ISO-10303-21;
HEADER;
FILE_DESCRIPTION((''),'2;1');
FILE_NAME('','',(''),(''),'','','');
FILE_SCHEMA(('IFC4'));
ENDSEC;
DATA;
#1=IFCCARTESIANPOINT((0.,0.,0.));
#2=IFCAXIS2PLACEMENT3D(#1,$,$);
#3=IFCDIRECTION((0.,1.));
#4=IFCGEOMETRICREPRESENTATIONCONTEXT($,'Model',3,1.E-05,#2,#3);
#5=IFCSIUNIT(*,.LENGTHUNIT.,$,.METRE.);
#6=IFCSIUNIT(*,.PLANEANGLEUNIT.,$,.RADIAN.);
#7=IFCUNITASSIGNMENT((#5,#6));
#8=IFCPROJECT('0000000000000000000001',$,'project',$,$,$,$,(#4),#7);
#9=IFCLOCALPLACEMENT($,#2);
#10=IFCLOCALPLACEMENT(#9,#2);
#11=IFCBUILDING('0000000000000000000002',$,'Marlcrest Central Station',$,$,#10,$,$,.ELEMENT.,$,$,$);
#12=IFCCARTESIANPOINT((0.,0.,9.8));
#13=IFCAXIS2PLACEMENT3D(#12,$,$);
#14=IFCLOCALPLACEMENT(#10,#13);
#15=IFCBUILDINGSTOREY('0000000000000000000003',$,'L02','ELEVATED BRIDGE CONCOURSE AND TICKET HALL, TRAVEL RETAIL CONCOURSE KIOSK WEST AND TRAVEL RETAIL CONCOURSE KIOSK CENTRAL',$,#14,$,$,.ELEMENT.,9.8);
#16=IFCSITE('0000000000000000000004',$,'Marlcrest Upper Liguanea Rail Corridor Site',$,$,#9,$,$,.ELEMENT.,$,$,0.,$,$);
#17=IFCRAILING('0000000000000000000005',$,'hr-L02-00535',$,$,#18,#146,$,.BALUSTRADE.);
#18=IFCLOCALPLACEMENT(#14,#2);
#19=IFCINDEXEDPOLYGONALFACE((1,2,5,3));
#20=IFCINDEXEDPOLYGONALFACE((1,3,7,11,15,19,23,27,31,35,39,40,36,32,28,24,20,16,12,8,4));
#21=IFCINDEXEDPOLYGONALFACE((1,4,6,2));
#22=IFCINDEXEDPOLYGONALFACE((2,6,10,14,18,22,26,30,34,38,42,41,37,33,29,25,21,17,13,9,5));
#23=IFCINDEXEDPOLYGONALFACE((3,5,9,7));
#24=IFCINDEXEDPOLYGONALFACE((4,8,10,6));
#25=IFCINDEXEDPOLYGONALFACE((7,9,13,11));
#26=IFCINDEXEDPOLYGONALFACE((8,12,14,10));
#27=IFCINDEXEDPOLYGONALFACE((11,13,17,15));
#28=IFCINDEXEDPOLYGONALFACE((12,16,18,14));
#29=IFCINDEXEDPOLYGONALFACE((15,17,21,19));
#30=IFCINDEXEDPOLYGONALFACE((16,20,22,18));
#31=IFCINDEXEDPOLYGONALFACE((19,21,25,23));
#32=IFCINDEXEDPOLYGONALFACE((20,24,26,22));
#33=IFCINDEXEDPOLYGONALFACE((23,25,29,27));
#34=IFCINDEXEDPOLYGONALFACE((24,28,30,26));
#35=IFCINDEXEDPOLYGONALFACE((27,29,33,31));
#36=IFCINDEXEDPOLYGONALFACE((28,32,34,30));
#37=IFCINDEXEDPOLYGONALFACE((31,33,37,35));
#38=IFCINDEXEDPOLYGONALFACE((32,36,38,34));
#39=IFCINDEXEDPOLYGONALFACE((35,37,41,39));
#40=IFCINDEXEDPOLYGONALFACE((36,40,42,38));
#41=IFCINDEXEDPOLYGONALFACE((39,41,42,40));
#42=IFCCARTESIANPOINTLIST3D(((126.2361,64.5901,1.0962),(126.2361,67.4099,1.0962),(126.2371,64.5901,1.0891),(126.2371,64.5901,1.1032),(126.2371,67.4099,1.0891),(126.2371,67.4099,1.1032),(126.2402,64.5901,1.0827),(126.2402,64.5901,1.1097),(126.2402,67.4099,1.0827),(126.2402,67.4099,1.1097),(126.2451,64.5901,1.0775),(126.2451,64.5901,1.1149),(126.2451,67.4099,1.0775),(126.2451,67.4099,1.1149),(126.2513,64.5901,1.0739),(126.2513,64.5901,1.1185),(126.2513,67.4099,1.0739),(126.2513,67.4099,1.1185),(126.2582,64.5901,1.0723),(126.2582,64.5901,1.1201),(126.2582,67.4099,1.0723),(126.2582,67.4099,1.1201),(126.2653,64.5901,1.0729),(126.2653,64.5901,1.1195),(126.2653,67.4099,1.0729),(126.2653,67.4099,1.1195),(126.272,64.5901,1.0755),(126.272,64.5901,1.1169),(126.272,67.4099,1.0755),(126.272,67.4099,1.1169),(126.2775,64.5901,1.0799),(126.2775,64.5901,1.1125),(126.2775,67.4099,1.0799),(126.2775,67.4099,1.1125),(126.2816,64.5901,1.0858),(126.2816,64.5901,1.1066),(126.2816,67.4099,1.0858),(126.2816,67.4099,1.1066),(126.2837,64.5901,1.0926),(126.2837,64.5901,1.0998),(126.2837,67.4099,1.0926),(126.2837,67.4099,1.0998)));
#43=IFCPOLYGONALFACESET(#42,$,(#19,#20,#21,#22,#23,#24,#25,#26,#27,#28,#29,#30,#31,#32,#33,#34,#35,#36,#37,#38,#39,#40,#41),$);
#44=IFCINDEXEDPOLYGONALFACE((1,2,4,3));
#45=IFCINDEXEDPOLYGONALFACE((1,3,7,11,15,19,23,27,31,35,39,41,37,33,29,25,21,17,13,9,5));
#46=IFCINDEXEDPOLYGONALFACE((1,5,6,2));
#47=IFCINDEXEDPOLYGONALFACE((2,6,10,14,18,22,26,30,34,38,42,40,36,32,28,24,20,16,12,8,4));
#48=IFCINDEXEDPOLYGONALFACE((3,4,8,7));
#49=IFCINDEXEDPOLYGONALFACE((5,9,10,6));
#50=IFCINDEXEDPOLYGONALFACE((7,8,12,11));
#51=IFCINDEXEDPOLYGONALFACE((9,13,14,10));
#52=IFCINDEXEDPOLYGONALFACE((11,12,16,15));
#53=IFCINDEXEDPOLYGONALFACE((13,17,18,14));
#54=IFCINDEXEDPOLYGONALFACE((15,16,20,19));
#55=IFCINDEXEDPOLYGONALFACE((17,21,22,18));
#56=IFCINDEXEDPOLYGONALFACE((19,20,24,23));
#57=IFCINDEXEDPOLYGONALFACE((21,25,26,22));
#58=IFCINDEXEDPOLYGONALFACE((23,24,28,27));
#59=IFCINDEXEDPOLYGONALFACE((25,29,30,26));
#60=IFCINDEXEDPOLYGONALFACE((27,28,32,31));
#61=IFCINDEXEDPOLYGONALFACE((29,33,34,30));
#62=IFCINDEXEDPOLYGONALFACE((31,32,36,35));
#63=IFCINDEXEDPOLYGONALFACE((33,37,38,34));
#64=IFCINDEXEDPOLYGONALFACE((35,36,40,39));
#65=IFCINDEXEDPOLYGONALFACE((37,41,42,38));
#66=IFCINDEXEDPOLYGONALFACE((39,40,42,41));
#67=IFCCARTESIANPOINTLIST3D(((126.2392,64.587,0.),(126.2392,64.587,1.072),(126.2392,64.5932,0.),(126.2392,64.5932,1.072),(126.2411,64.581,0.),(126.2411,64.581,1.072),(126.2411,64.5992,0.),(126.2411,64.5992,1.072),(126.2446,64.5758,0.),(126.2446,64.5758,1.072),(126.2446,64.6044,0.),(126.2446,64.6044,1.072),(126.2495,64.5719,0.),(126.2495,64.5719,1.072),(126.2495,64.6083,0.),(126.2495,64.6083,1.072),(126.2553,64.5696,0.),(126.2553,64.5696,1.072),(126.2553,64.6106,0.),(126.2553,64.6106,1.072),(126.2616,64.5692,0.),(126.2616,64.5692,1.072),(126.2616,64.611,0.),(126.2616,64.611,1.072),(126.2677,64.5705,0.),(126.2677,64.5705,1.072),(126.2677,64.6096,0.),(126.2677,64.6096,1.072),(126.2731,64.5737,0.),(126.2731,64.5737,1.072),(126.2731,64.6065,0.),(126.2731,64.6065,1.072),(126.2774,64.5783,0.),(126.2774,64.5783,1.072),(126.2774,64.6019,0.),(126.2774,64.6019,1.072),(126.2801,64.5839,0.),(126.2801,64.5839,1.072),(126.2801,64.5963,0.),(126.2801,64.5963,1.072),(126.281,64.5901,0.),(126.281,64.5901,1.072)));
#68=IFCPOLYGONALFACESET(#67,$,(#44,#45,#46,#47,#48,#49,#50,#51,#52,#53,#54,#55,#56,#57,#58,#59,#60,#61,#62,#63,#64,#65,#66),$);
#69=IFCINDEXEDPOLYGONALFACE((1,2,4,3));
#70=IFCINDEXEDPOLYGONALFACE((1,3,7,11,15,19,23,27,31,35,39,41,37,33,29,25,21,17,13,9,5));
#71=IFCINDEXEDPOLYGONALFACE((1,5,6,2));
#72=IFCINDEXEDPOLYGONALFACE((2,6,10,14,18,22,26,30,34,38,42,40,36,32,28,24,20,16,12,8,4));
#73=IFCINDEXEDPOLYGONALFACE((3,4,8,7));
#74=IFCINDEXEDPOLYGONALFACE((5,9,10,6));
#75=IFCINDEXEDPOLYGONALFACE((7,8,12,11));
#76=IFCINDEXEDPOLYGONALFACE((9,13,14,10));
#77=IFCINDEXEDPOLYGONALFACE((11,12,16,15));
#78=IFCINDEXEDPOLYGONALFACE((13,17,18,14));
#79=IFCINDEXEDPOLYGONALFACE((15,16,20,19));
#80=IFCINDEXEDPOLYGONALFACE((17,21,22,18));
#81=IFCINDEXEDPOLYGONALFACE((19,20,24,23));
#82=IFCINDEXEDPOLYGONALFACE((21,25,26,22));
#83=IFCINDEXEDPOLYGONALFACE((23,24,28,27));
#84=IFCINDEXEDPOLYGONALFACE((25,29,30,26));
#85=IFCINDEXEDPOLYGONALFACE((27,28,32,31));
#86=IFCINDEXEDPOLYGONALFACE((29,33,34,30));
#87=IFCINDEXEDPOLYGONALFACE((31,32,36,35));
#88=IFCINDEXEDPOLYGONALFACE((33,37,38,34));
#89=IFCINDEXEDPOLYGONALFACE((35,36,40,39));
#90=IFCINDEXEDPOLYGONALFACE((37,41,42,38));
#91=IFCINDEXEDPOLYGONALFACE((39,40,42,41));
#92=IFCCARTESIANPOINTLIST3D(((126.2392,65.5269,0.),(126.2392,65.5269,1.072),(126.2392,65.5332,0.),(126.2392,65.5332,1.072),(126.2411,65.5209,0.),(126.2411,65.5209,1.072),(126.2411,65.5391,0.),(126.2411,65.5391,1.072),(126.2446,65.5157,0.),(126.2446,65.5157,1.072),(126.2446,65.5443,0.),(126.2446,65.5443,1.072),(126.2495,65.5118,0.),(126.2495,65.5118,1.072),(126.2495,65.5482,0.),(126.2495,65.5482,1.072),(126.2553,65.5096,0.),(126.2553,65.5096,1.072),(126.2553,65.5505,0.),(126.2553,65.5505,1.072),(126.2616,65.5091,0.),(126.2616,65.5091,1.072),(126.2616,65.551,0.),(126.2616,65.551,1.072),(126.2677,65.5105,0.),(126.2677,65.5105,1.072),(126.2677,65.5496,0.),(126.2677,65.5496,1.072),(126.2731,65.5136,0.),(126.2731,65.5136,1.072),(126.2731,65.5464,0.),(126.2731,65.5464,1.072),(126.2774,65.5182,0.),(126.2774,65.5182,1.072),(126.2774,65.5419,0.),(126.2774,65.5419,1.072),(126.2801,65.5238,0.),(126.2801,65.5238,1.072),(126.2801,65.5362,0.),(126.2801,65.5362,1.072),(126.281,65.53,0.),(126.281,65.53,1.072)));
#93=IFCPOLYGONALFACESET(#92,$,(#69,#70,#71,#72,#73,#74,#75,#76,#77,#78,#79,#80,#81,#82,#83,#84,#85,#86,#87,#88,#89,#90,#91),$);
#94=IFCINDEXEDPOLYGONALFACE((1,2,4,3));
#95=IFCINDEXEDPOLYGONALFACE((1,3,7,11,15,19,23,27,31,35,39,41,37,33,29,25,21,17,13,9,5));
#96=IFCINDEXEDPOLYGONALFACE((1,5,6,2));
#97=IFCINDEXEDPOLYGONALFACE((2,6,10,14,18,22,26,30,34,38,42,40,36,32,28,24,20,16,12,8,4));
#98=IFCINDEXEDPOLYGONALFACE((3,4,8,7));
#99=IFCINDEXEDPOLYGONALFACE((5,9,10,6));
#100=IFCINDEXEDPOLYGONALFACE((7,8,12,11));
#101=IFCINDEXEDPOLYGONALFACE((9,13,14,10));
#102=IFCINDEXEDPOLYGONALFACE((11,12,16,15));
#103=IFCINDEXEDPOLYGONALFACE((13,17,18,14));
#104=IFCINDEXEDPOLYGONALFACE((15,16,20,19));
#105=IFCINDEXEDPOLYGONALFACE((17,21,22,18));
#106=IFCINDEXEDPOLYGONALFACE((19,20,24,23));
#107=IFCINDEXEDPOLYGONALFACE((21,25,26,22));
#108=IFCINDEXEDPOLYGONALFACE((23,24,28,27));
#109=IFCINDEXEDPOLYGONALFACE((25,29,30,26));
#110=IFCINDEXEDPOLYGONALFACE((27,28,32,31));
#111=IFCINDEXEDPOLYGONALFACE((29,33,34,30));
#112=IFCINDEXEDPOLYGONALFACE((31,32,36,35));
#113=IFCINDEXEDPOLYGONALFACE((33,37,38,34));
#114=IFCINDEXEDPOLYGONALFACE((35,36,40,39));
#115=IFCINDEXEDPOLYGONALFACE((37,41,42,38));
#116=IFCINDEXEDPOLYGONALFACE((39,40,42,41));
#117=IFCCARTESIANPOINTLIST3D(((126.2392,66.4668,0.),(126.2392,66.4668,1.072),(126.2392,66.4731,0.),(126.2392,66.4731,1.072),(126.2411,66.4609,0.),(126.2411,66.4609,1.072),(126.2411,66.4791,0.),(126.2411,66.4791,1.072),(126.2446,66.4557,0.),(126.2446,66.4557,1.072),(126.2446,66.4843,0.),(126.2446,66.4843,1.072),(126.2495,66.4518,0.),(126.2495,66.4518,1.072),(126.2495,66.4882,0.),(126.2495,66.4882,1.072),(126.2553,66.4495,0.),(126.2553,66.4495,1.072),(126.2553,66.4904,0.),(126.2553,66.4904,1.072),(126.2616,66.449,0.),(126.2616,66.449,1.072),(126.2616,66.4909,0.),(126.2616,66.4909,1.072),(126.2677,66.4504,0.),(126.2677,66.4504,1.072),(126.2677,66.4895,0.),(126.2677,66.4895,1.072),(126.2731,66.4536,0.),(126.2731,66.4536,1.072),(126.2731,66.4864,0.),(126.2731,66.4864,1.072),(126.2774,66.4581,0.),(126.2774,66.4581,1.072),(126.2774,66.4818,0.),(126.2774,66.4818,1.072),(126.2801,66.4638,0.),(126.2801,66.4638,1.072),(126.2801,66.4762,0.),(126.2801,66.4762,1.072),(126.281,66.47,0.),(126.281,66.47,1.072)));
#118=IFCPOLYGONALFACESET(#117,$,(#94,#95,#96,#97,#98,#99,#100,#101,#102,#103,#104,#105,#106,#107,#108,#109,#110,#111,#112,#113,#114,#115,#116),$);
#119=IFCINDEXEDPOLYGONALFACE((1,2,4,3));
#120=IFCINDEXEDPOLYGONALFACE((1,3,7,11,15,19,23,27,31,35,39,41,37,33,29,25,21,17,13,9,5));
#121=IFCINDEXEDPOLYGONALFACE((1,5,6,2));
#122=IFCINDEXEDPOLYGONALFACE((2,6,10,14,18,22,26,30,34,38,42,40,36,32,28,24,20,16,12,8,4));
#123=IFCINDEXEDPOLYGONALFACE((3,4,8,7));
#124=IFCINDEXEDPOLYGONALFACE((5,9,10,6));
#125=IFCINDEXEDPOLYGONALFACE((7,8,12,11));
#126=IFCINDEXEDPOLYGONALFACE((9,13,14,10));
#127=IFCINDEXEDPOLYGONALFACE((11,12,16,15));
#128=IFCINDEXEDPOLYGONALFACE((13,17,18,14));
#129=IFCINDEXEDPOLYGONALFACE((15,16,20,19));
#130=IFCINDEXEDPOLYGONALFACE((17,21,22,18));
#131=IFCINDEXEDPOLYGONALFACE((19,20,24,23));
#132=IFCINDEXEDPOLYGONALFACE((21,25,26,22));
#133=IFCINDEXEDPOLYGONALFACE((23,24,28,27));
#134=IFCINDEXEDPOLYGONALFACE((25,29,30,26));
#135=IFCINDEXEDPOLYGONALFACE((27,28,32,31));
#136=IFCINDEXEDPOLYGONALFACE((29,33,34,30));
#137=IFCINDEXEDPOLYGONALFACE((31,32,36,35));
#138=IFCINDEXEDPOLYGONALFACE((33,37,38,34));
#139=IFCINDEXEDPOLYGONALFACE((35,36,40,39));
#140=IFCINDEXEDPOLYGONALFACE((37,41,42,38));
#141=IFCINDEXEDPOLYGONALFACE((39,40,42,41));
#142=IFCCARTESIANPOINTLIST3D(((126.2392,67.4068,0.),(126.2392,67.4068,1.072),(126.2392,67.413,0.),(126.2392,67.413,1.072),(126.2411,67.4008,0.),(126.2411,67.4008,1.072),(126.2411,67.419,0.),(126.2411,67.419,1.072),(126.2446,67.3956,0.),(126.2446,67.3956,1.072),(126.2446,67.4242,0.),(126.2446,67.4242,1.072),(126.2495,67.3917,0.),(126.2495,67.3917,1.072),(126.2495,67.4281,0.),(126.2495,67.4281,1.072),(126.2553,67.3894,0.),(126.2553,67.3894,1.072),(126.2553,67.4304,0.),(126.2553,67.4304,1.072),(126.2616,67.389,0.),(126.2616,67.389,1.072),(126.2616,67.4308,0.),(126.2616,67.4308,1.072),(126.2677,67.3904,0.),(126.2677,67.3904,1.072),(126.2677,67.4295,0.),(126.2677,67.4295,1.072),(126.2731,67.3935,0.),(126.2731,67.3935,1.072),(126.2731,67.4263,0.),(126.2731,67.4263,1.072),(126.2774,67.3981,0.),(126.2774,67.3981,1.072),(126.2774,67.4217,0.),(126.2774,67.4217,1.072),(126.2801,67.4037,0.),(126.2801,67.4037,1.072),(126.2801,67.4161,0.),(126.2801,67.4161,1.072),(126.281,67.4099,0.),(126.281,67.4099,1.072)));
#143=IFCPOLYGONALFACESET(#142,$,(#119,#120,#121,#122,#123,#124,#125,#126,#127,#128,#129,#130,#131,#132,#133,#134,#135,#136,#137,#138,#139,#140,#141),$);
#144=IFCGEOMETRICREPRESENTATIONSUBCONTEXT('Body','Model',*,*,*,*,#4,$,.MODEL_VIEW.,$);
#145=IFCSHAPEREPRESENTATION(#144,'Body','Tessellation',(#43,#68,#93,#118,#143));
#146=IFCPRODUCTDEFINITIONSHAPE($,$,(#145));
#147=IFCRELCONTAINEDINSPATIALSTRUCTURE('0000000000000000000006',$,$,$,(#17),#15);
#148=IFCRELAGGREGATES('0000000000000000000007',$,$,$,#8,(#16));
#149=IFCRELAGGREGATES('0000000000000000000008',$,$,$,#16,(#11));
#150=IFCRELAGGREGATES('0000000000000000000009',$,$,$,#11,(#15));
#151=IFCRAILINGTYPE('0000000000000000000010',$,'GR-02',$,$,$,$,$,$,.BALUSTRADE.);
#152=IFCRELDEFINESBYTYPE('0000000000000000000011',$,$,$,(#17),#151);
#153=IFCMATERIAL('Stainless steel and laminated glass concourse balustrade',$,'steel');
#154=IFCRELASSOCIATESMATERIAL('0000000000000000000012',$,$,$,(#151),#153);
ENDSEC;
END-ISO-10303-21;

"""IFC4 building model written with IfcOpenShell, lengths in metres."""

from ifc_helpers import new_model, si_unit, direction, frame, origin, origin_2d, place, context, subcontext, project, spatial, circle, extrude, material, type_object, element, save


model = new_model("IFC4")

# Units and contexts
model_context = context("Model", 3, precision=1e-05, world=origin(), true_north=direction((0.0, 1.0)))
body_context = subcontext(model_context, "Body", "Model", "MODEL_VIEW")
ifc_project = project(units=[si_unit("LENGTHUNIT", "METRE"), si_unit("PLANEANGLEUNIT", "RADIAN")], contexts=[model_context])

# Site, building, storey
site_placement = place(None, origin())
site = spatial("IfcSite", under=ifc_project, at=site_placement, Name="Marlcrest Upper Liguanea Rail Corridor Site", CompositionType="ELEMENT", RefElevation=0.0)
building_placement = place(site_placement, origin())
building = spatial("IfcBuilding", under=site, at=building_placement, Name="Marlcrest Central Station", CompositionType="ELEMENT")
storey_placement = place(building_placement, frame((0.0, 0.0, 9.8)))
storey = spatial("IfcBuildingStorey", under=building, at=storey_placement, Name="L02", Description="ELEVATED BRIDGE CONCOURSE AND TICKET HALL, TRAVEL RETAIL CONCOURSE KIOSK WEST AND TRAVEL RETAIL CONCOURSE KIOSK CENTRAL", CompositionType="ELEMENT", Elevation=9.8)

# Railing
ifc_material_1 = material(Name="Stainless steel and laminated glass concourse balustrade", Category="steel")
railing_type = type_object("IfcRailingType", Name="GR-02", PredefinedType="BALUSTRADE", material=ifc_material_1)
railing_1_placement = place(storey_placement, frame((126.26, 64.5901, 0.0)))
element("IfcRailing", 1, at=railing_1_placement, inside=storey, type_object=railing_type, Name="hr-L02-00535", PredefinedType="BALUSTRADE", context=body_context, shape_type="SweptSolid", body=[
    extrude(circle(Radius=0.0239, at=origin_2d()), frame((0.0, 0.0, 1.0962), z_axis=(0.0, 1.0, 0.0), x_axis=(-1.0, 0.0, 0.0)), (0.0, 0.0, 1.0), 2.8198),
    extrude(circle(Radius=0.021, at=origin_2d()), origin(), (0.0, 0.0, 1.0), 1.072),
    extrude(circle(Radius=0.021, at=origin_2d()), frame((0.0, 0.9399, 0.0)), (0.0, 0.0, 1.0), 1.072),
    extrude(circle(Radius=0.021, at=origin_2d()), frame((0.0, 1.8799, 0.0)), (0.0, 0.0, 1.0), 1.072),
    extrude(circle(Radius=0.021, at=origin_2d()), frame((0.0, 2.8198, 0.0)), (0.0, 0.0, 1.0), 1.072),
])

save(model, "model.ifc")
